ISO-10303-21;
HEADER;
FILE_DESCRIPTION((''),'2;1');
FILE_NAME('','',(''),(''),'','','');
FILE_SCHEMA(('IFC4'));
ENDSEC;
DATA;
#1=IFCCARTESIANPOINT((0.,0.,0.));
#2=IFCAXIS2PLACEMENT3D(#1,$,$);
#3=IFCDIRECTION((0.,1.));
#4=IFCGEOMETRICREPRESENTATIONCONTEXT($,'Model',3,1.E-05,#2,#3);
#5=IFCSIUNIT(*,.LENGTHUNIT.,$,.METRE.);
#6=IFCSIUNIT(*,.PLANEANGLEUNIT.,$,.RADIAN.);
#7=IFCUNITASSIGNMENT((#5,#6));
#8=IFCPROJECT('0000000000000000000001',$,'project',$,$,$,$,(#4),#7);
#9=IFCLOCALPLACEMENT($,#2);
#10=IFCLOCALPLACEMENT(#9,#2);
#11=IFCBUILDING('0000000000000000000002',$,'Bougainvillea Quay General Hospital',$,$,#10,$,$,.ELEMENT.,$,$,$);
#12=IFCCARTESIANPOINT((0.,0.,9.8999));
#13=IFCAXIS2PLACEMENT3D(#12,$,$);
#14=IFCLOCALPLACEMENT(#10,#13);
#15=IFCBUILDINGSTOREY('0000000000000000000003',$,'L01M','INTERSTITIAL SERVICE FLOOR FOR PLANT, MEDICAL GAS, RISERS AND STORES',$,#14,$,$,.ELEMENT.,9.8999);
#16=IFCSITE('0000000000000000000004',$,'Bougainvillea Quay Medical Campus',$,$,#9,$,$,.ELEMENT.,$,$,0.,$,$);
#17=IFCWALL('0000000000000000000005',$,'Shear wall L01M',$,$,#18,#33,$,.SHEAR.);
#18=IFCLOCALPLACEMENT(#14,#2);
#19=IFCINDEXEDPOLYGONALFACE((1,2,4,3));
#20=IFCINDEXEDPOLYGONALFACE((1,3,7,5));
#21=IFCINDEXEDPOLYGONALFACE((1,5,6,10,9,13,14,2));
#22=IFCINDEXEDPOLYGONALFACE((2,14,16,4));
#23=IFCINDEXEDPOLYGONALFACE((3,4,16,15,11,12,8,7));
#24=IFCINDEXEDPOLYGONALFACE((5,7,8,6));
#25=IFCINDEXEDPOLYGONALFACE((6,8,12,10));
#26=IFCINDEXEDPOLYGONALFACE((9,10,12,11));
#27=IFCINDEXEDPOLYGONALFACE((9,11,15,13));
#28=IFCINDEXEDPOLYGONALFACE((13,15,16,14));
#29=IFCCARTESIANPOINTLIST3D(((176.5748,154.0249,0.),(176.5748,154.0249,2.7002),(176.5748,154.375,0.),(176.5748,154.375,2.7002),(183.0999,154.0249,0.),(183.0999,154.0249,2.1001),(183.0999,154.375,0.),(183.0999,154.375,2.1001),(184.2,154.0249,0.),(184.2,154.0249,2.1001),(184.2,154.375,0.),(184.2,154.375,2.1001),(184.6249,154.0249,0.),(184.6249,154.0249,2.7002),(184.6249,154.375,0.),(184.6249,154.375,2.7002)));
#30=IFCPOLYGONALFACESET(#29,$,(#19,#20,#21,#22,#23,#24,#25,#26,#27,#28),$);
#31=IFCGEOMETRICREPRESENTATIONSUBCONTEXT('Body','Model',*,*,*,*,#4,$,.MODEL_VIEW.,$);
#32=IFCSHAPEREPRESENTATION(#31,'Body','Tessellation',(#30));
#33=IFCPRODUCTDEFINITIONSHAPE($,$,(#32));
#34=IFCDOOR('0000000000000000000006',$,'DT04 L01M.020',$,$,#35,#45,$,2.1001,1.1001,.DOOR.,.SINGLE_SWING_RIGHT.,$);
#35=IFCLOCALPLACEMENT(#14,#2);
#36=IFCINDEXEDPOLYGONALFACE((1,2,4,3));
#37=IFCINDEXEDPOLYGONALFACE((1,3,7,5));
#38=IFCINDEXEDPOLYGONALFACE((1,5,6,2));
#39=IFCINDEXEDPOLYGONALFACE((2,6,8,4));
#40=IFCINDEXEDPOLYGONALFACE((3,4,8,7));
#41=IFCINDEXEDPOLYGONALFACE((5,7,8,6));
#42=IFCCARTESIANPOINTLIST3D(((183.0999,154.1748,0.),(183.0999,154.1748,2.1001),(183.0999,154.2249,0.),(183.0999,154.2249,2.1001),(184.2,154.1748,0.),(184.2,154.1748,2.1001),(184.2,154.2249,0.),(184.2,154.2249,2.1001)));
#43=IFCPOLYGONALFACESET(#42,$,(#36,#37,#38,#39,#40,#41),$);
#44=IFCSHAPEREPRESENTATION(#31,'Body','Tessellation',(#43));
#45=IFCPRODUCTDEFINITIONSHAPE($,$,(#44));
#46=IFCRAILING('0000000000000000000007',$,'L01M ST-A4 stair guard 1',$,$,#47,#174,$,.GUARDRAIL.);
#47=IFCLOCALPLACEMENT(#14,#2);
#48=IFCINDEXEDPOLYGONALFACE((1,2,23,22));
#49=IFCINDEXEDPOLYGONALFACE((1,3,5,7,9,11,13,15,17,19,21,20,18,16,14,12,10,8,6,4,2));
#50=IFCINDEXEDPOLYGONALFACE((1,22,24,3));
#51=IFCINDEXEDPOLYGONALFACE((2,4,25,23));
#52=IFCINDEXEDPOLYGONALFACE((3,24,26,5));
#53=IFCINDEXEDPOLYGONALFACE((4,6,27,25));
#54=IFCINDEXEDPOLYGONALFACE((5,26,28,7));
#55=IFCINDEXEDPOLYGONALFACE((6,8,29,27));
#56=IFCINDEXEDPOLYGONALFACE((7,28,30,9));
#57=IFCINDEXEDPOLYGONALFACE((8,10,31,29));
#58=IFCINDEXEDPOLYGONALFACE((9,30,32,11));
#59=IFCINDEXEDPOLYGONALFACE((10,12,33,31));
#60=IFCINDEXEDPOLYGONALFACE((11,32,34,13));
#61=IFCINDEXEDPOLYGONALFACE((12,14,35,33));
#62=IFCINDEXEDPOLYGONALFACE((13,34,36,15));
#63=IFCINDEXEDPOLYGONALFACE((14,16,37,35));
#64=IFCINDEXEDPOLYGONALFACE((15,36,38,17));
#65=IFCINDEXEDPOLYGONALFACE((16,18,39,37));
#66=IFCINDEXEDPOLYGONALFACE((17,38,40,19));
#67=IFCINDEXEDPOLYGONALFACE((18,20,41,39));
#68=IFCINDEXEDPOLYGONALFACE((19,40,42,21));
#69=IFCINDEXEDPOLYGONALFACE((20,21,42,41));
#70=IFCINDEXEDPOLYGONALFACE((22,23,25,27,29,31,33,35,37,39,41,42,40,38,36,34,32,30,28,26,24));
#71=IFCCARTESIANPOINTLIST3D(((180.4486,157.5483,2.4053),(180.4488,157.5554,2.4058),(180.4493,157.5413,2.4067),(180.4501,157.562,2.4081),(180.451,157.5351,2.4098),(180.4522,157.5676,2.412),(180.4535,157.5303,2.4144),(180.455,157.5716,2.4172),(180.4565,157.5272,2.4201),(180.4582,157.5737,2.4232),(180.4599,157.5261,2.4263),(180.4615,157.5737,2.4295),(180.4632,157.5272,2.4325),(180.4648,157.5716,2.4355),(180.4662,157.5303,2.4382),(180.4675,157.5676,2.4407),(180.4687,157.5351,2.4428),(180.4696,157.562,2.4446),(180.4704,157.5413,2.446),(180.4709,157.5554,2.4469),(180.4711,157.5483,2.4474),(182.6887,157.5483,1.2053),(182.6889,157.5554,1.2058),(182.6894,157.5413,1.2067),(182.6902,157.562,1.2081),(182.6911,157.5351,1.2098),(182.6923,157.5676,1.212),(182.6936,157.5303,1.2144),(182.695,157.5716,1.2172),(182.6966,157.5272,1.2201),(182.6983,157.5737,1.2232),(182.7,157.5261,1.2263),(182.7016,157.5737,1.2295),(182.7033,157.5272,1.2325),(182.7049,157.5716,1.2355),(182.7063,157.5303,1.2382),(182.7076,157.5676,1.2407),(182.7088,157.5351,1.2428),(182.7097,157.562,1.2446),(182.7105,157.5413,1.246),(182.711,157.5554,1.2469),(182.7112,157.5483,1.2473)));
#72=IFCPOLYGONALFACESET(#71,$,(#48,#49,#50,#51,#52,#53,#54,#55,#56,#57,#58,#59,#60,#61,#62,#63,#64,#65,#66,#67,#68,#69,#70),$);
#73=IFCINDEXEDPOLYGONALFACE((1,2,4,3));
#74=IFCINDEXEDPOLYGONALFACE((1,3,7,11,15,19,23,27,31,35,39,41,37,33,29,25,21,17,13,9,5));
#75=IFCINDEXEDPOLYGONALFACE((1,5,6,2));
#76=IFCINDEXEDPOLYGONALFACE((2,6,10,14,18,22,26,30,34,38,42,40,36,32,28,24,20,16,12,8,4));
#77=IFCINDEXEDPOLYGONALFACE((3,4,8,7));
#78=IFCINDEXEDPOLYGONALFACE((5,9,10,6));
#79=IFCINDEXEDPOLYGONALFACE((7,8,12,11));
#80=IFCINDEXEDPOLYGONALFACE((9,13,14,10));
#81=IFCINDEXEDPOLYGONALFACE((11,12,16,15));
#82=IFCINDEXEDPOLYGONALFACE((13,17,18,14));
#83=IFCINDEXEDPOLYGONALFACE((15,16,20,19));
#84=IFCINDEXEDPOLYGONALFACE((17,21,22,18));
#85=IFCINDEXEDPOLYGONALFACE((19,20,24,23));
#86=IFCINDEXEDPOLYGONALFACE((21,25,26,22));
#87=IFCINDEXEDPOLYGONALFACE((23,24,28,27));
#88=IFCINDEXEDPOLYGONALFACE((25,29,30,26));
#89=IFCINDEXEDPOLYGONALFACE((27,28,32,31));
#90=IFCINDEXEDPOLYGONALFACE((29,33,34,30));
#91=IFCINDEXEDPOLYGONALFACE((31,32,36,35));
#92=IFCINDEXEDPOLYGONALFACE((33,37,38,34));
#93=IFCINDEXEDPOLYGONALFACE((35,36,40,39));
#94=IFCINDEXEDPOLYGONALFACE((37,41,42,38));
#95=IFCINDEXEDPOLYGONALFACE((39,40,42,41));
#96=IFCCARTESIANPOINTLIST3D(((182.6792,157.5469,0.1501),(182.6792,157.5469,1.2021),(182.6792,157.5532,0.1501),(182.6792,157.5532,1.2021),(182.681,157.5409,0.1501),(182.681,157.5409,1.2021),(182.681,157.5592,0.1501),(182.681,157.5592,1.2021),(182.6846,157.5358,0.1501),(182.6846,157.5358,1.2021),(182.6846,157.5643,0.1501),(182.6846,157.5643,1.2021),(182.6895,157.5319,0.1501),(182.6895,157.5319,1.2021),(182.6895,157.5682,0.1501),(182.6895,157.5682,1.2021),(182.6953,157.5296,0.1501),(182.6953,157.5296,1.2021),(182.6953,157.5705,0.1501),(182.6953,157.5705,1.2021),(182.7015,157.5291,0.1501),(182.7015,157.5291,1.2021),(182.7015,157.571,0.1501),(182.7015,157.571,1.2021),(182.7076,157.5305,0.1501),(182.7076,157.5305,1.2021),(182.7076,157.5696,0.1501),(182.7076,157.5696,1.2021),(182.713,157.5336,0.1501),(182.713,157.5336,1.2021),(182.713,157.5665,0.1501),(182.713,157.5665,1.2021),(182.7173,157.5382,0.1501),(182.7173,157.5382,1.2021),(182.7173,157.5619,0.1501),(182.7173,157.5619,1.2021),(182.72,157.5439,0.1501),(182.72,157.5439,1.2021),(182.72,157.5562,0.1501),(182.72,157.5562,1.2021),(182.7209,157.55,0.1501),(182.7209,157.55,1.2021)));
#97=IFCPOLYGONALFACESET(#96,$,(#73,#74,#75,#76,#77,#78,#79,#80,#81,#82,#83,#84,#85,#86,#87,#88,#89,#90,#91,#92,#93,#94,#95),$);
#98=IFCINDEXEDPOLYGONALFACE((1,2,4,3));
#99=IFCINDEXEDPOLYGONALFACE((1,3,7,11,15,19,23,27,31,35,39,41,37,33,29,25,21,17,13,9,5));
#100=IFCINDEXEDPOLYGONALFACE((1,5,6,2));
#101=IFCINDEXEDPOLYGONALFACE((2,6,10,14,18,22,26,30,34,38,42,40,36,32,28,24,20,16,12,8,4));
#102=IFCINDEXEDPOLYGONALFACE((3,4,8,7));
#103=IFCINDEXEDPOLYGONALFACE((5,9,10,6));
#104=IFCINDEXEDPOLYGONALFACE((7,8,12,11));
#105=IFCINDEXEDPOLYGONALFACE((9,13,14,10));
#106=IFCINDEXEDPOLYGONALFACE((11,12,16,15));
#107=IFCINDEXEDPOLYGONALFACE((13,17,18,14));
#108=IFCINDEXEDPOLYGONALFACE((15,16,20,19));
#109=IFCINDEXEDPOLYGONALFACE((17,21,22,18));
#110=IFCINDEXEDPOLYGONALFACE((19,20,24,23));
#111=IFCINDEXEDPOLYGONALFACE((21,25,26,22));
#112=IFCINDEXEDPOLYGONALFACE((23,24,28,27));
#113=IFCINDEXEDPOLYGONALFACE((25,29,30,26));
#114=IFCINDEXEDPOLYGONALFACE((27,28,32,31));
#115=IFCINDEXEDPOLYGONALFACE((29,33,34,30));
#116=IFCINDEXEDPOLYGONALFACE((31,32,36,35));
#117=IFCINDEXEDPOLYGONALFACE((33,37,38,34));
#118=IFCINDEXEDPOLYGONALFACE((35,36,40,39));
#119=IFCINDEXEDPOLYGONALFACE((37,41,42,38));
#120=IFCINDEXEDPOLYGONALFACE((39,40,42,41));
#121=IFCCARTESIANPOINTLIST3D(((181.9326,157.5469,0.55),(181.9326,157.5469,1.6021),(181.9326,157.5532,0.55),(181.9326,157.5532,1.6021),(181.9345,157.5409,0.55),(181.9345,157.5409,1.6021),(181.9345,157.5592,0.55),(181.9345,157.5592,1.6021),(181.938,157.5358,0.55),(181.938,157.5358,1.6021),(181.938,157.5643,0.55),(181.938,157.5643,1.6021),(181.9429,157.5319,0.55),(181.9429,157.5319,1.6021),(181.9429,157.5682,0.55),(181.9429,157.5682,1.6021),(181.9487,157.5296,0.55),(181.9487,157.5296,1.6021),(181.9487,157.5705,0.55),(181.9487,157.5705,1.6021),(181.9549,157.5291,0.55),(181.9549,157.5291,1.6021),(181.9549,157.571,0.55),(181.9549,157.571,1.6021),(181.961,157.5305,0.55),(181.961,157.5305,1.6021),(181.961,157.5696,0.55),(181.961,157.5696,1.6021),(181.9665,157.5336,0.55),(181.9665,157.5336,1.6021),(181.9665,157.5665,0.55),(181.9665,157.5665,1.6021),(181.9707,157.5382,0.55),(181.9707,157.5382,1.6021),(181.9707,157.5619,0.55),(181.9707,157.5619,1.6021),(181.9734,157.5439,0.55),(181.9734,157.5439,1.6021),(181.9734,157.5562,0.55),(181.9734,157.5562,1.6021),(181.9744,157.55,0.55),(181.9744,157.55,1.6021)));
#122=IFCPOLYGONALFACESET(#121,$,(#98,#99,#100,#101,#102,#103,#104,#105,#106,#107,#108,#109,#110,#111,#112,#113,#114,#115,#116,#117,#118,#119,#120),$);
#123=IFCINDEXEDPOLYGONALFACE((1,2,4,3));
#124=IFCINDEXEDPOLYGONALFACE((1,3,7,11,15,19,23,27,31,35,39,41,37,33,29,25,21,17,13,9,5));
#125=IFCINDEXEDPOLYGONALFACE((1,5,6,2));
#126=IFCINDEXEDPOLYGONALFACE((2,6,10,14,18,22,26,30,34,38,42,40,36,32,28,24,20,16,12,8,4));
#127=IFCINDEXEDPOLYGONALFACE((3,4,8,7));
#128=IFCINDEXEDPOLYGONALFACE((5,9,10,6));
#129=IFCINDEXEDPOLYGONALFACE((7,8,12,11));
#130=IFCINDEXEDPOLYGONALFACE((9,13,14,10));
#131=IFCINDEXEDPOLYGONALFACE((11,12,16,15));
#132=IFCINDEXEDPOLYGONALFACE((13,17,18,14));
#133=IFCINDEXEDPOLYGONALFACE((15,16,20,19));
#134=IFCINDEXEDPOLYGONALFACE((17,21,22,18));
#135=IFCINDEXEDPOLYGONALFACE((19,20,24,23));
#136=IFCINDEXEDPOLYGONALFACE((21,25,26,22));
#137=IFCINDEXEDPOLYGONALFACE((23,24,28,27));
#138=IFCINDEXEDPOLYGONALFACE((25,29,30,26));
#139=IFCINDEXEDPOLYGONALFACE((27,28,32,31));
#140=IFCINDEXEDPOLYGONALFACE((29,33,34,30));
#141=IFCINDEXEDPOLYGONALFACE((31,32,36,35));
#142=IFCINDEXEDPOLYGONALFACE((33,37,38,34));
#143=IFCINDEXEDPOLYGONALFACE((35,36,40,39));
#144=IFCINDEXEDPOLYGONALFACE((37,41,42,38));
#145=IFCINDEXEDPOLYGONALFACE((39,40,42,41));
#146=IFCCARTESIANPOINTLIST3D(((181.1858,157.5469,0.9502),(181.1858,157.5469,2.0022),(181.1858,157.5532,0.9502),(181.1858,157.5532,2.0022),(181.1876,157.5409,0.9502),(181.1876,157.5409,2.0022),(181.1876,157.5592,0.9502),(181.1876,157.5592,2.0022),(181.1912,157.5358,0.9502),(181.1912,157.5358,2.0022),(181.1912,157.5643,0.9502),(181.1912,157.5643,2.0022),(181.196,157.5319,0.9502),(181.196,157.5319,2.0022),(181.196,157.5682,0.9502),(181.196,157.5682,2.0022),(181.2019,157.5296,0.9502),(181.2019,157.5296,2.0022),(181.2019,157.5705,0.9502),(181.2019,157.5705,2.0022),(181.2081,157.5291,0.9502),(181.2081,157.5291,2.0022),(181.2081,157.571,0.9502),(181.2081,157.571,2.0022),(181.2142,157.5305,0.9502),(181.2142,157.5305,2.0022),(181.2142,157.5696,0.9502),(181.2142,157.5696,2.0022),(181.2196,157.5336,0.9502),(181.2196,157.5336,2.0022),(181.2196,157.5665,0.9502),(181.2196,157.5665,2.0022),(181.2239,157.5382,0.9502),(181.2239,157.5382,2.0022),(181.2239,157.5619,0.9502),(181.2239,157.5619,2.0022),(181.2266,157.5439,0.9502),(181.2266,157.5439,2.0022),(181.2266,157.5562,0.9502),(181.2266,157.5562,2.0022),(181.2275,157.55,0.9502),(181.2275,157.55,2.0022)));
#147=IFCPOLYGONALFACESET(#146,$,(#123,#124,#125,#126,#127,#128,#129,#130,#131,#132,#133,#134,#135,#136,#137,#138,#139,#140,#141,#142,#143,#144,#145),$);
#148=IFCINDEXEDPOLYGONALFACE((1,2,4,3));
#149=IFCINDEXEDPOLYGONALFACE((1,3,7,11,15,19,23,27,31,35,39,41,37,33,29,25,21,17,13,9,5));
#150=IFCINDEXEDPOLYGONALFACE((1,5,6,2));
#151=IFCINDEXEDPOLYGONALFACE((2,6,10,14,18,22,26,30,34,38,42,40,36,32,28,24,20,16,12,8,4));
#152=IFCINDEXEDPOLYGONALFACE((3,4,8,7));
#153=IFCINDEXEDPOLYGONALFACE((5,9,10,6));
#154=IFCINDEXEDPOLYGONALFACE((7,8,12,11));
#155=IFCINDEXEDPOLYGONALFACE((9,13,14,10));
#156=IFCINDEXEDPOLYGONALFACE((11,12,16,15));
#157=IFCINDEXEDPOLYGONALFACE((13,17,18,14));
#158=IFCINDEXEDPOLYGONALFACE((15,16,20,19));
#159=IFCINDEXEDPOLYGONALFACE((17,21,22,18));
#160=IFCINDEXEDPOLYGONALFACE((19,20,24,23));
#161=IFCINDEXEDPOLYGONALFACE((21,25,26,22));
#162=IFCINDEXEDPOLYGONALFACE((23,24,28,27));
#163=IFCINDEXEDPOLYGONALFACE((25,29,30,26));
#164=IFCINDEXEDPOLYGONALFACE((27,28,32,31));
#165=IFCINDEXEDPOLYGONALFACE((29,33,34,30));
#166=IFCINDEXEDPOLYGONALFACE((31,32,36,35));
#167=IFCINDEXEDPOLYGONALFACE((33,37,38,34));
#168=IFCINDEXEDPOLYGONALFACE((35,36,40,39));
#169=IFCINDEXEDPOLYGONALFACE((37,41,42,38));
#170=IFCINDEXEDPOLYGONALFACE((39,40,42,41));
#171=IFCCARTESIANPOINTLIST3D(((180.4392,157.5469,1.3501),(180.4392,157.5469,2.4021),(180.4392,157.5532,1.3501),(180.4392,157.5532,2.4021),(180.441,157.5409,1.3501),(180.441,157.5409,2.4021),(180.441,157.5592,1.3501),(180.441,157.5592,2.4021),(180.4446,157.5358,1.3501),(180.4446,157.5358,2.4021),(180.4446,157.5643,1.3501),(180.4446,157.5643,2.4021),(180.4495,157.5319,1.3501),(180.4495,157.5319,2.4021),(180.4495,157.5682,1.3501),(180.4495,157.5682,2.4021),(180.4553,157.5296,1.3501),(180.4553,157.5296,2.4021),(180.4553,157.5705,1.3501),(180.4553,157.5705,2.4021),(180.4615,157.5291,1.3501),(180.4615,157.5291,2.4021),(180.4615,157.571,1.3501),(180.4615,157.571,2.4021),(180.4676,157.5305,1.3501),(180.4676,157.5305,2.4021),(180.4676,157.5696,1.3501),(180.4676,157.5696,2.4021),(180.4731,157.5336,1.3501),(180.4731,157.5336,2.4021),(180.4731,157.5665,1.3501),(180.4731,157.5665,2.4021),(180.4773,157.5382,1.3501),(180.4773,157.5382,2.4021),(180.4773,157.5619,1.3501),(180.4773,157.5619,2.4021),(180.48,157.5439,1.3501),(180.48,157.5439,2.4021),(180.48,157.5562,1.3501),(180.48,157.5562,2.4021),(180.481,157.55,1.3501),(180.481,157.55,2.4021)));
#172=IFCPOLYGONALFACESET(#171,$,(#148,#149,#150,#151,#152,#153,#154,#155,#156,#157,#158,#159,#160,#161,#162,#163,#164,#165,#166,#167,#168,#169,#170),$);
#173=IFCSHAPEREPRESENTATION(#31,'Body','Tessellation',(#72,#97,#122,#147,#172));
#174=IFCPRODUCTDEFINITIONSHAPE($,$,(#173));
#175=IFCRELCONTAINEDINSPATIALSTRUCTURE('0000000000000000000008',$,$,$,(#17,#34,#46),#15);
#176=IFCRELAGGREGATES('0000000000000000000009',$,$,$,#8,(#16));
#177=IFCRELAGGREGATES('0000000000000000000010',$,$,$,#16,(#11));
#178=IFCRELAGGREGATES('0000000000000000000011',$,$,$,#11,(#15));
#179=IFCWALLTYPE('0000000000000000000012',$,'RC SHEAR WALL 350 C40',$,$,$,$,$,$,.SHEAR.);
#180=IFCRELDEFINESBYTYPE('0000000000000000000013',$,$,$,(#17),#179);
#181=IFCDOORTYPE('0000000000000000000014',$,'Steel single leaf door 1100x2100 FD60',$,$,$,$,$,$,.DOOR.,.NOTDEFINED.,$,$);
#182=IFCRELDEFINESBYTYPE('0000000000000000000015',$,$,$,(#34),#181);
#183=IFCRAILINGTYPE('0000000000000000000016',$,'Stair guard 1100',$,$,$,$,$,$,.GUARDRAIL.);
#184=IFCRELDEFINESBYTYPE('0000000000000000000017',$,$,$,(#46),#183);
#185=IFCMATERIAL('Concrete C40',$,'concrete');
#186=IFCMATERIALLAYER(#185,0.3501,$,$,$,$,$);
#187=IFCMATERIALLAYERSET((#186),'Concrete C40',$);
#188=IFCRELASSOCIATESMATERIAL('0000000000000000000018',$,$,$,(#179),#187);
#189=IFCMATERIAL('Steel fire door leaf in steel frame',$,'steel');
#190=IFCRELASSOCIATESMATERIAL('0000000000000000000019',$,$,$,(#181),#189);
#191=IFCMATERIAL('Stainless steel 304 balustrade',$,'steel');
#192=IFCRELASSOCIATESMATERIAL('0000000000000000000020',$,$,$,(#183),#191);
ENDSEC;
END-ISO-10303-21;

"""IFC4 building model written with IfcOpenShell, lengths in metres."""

from ifc_helpers import new_model, si_unit, direction, frame, frame_2d, origin, origin_2d, place, context, subcontext, project, spatial, rectangle, circle, extrude, material, layer, layer_set, type_object, element, fill, save


model = new_model("IFC4")

# Units and contexts
model_context = context("Model", 3, precision=1e-05, world=origin(), true_north=direction((0.0, 1.0)))
body_context = subcontext(model_context, "Body", "Model", "MODEL_VIEW")
ifc_project = project(units=[si_unit("LENGTHUNIT", "METRE"), si_unit("PLANEANGLEUNIT", "RADIAN")], contexts=[model_context])

# Site, building, storey
site_placement = place(None, origin())
site = spatial("IfcSite", under=ifc_project, at=site_placement, Name="Bougainvillea Quay Medical Campus", CompositionType="ELEMENT", RefElevation=0.0)
building_placement = place(site_placement, origin())
building = spatial("IfcBuilding", under=site, at=building_placement, Name="Bougainvillea Quay General Hospital", CompositionType="ELEMENT")
storey_placement = place(building_placement, frame((0.0, 0.0, 9.8999)))
storey = spatial("IfcBuildingStorey", under=building, at=storey_placement, Name="L01M", Description="INTERSTITIAL SERVICE FLOOR FOR PLANT, MEDICAL GAS, RISERS AND STORES", CompositionType="ELEMENT", Elevation=9.8999)

# Shared definitions
ifc_material_1 = material(Name="Concrete C40", Category="concrete")

# Shared definitions
ifc_material_2 = material(Name="Steel fire door leaf in steel frame", Category="steel")

# Shared definitions
ifc_layer_1 = layer(ifc_material_1, 0.3501)
ifc_layer_set_1 = layer_set([ifc_layer_1], Name="Concrete C40")
wall_type_1 = type_object("IfcWallType", Name="RC SHEAR WALL 350 C40", PredefinedType="SHEAR", material=ifc_layer_set_1)

# Wall, opening, door
wall_1_placement = place(storey_placement, frame((176.575, 154.2, 0.0), z_axis=(0.0, 0.0, 1.0), x_axis=(1.0, 0.0, 0.0)))
wall_1 = element("IfcWall", 1, at=wall_1_placement, inside=storey, type_object=wall_type_1, Name="Shear wall L01M", PredefinedType="SHEAR", context=body_context, shape_type="SweptSolid", body=[
    extrude(rectangle(XDim=8.05, YDim=0.3501, at=frame_2d((4.0249, 0.0))), origin(), (0.0, 0.0, 1.0), 2.7002),
])
opening_1_placement = place(wall_1_placement, frame((6.5249, 0.0, 0.0)))
opening_1 = element("IfcOpeningElement", 2, at=opening_1_placement, cuts=wall_1, PredefinedType="OPENING", context=body_context, shape_type="SweptSolid", body=[
    extrude(rectangle(XDim=1.1001, YDim=2.1001, at=frame_2d((0.55, 1.05))), frame((0.0, 0.1851, 0.0), z_axis=(0.0, -1.0, 0.0), x_axis=(1.0, 0.0, 0.0)), (0.0, 0.0, 1.0), 0.3701),
])
door_type_1 = type_object("IfcDoorType", Name="Steel single leaf door 1100x2100 FD60", OperationType="NOTDEFINED", PredefinedType="DOOR", material=ifc_material_2)
door_1_placement = place(opening_1_placement, origin())
door_1 = element("IfcDoor", 3, at=door_1_placement, inside=storey, type_object=door_type_1, Name="DT04 L01M.020", OperationType="SINGLE_SWING_RIGHT", OverallHeight=2.1001, OverallWidth=1.1001, PredefinedType="DOOR", context=body_context, shape_type="SweptSolid", body=[
    extrude(rectangle(XDim=1.1001, YDim=2.1001, at=frame_2d((0.55, 1.05))), frame((0.0, 0.0249, 0.0), z_axis=(0.0, -1.0, 0.0), x_axis=(1.0, 0.0, 0.0)), (0.0, 0.0, 1.0), 0.05),
])
fill(opening_1, door_1)

# Railing
ifc_material_3 = material(Name="Stainless steel 304 balustrade", Category="steel")
railing_type_1 = type_object("IfcRailingType", Name="Stair guard 1100", PredefinedType="GUARDRAIL", material=ifc_material_3)
railing_1_placement = place(storey_placement, frame((182.7, 157.55, 0.1501)))
element("IfcRailing", 4, at=railing_1_placement, inside=storey, type_object=railing_type_1, Name="L01M ST-A4 stair guard 1", PredefinedType="GUARDRAIL", context=body_context, shape_type="SweptSolid", body=[
    extrude(circle(Radius=0.0239, at=origin_2d()), frame((0.0, 0.0, 1.0762), z_axis=(-0.881487, 0.0, 0.472208), x_axis=(0.0, -1.0, 0.0)), (0.0, 0.0, 1.0), 2.5413),
    extrude(circle(Radius=0.021, at=origin_2d()), origin(), (0.0, 0.0, 1.0), 1.052),
    extrude(circle(Radius=0.021, at=origin_2d()), frame((-0.7466, 0.0, 0.3999)), (0.0, 0.0, 1.0), 1.052),
    extrude(circle(Radius=0.021, at=origin_2d()), frame((-1.4934, 0.0, 0.8)), (0.0, 0.0, 1.0), 1.052),
    extrude(circle(Radius=0.021, at=origin_2d()), frame((-2.24, 0.0, 1.2)), (0.0, 0.0, 1.0), 1.052),
])

save(model, "model.ifc")
